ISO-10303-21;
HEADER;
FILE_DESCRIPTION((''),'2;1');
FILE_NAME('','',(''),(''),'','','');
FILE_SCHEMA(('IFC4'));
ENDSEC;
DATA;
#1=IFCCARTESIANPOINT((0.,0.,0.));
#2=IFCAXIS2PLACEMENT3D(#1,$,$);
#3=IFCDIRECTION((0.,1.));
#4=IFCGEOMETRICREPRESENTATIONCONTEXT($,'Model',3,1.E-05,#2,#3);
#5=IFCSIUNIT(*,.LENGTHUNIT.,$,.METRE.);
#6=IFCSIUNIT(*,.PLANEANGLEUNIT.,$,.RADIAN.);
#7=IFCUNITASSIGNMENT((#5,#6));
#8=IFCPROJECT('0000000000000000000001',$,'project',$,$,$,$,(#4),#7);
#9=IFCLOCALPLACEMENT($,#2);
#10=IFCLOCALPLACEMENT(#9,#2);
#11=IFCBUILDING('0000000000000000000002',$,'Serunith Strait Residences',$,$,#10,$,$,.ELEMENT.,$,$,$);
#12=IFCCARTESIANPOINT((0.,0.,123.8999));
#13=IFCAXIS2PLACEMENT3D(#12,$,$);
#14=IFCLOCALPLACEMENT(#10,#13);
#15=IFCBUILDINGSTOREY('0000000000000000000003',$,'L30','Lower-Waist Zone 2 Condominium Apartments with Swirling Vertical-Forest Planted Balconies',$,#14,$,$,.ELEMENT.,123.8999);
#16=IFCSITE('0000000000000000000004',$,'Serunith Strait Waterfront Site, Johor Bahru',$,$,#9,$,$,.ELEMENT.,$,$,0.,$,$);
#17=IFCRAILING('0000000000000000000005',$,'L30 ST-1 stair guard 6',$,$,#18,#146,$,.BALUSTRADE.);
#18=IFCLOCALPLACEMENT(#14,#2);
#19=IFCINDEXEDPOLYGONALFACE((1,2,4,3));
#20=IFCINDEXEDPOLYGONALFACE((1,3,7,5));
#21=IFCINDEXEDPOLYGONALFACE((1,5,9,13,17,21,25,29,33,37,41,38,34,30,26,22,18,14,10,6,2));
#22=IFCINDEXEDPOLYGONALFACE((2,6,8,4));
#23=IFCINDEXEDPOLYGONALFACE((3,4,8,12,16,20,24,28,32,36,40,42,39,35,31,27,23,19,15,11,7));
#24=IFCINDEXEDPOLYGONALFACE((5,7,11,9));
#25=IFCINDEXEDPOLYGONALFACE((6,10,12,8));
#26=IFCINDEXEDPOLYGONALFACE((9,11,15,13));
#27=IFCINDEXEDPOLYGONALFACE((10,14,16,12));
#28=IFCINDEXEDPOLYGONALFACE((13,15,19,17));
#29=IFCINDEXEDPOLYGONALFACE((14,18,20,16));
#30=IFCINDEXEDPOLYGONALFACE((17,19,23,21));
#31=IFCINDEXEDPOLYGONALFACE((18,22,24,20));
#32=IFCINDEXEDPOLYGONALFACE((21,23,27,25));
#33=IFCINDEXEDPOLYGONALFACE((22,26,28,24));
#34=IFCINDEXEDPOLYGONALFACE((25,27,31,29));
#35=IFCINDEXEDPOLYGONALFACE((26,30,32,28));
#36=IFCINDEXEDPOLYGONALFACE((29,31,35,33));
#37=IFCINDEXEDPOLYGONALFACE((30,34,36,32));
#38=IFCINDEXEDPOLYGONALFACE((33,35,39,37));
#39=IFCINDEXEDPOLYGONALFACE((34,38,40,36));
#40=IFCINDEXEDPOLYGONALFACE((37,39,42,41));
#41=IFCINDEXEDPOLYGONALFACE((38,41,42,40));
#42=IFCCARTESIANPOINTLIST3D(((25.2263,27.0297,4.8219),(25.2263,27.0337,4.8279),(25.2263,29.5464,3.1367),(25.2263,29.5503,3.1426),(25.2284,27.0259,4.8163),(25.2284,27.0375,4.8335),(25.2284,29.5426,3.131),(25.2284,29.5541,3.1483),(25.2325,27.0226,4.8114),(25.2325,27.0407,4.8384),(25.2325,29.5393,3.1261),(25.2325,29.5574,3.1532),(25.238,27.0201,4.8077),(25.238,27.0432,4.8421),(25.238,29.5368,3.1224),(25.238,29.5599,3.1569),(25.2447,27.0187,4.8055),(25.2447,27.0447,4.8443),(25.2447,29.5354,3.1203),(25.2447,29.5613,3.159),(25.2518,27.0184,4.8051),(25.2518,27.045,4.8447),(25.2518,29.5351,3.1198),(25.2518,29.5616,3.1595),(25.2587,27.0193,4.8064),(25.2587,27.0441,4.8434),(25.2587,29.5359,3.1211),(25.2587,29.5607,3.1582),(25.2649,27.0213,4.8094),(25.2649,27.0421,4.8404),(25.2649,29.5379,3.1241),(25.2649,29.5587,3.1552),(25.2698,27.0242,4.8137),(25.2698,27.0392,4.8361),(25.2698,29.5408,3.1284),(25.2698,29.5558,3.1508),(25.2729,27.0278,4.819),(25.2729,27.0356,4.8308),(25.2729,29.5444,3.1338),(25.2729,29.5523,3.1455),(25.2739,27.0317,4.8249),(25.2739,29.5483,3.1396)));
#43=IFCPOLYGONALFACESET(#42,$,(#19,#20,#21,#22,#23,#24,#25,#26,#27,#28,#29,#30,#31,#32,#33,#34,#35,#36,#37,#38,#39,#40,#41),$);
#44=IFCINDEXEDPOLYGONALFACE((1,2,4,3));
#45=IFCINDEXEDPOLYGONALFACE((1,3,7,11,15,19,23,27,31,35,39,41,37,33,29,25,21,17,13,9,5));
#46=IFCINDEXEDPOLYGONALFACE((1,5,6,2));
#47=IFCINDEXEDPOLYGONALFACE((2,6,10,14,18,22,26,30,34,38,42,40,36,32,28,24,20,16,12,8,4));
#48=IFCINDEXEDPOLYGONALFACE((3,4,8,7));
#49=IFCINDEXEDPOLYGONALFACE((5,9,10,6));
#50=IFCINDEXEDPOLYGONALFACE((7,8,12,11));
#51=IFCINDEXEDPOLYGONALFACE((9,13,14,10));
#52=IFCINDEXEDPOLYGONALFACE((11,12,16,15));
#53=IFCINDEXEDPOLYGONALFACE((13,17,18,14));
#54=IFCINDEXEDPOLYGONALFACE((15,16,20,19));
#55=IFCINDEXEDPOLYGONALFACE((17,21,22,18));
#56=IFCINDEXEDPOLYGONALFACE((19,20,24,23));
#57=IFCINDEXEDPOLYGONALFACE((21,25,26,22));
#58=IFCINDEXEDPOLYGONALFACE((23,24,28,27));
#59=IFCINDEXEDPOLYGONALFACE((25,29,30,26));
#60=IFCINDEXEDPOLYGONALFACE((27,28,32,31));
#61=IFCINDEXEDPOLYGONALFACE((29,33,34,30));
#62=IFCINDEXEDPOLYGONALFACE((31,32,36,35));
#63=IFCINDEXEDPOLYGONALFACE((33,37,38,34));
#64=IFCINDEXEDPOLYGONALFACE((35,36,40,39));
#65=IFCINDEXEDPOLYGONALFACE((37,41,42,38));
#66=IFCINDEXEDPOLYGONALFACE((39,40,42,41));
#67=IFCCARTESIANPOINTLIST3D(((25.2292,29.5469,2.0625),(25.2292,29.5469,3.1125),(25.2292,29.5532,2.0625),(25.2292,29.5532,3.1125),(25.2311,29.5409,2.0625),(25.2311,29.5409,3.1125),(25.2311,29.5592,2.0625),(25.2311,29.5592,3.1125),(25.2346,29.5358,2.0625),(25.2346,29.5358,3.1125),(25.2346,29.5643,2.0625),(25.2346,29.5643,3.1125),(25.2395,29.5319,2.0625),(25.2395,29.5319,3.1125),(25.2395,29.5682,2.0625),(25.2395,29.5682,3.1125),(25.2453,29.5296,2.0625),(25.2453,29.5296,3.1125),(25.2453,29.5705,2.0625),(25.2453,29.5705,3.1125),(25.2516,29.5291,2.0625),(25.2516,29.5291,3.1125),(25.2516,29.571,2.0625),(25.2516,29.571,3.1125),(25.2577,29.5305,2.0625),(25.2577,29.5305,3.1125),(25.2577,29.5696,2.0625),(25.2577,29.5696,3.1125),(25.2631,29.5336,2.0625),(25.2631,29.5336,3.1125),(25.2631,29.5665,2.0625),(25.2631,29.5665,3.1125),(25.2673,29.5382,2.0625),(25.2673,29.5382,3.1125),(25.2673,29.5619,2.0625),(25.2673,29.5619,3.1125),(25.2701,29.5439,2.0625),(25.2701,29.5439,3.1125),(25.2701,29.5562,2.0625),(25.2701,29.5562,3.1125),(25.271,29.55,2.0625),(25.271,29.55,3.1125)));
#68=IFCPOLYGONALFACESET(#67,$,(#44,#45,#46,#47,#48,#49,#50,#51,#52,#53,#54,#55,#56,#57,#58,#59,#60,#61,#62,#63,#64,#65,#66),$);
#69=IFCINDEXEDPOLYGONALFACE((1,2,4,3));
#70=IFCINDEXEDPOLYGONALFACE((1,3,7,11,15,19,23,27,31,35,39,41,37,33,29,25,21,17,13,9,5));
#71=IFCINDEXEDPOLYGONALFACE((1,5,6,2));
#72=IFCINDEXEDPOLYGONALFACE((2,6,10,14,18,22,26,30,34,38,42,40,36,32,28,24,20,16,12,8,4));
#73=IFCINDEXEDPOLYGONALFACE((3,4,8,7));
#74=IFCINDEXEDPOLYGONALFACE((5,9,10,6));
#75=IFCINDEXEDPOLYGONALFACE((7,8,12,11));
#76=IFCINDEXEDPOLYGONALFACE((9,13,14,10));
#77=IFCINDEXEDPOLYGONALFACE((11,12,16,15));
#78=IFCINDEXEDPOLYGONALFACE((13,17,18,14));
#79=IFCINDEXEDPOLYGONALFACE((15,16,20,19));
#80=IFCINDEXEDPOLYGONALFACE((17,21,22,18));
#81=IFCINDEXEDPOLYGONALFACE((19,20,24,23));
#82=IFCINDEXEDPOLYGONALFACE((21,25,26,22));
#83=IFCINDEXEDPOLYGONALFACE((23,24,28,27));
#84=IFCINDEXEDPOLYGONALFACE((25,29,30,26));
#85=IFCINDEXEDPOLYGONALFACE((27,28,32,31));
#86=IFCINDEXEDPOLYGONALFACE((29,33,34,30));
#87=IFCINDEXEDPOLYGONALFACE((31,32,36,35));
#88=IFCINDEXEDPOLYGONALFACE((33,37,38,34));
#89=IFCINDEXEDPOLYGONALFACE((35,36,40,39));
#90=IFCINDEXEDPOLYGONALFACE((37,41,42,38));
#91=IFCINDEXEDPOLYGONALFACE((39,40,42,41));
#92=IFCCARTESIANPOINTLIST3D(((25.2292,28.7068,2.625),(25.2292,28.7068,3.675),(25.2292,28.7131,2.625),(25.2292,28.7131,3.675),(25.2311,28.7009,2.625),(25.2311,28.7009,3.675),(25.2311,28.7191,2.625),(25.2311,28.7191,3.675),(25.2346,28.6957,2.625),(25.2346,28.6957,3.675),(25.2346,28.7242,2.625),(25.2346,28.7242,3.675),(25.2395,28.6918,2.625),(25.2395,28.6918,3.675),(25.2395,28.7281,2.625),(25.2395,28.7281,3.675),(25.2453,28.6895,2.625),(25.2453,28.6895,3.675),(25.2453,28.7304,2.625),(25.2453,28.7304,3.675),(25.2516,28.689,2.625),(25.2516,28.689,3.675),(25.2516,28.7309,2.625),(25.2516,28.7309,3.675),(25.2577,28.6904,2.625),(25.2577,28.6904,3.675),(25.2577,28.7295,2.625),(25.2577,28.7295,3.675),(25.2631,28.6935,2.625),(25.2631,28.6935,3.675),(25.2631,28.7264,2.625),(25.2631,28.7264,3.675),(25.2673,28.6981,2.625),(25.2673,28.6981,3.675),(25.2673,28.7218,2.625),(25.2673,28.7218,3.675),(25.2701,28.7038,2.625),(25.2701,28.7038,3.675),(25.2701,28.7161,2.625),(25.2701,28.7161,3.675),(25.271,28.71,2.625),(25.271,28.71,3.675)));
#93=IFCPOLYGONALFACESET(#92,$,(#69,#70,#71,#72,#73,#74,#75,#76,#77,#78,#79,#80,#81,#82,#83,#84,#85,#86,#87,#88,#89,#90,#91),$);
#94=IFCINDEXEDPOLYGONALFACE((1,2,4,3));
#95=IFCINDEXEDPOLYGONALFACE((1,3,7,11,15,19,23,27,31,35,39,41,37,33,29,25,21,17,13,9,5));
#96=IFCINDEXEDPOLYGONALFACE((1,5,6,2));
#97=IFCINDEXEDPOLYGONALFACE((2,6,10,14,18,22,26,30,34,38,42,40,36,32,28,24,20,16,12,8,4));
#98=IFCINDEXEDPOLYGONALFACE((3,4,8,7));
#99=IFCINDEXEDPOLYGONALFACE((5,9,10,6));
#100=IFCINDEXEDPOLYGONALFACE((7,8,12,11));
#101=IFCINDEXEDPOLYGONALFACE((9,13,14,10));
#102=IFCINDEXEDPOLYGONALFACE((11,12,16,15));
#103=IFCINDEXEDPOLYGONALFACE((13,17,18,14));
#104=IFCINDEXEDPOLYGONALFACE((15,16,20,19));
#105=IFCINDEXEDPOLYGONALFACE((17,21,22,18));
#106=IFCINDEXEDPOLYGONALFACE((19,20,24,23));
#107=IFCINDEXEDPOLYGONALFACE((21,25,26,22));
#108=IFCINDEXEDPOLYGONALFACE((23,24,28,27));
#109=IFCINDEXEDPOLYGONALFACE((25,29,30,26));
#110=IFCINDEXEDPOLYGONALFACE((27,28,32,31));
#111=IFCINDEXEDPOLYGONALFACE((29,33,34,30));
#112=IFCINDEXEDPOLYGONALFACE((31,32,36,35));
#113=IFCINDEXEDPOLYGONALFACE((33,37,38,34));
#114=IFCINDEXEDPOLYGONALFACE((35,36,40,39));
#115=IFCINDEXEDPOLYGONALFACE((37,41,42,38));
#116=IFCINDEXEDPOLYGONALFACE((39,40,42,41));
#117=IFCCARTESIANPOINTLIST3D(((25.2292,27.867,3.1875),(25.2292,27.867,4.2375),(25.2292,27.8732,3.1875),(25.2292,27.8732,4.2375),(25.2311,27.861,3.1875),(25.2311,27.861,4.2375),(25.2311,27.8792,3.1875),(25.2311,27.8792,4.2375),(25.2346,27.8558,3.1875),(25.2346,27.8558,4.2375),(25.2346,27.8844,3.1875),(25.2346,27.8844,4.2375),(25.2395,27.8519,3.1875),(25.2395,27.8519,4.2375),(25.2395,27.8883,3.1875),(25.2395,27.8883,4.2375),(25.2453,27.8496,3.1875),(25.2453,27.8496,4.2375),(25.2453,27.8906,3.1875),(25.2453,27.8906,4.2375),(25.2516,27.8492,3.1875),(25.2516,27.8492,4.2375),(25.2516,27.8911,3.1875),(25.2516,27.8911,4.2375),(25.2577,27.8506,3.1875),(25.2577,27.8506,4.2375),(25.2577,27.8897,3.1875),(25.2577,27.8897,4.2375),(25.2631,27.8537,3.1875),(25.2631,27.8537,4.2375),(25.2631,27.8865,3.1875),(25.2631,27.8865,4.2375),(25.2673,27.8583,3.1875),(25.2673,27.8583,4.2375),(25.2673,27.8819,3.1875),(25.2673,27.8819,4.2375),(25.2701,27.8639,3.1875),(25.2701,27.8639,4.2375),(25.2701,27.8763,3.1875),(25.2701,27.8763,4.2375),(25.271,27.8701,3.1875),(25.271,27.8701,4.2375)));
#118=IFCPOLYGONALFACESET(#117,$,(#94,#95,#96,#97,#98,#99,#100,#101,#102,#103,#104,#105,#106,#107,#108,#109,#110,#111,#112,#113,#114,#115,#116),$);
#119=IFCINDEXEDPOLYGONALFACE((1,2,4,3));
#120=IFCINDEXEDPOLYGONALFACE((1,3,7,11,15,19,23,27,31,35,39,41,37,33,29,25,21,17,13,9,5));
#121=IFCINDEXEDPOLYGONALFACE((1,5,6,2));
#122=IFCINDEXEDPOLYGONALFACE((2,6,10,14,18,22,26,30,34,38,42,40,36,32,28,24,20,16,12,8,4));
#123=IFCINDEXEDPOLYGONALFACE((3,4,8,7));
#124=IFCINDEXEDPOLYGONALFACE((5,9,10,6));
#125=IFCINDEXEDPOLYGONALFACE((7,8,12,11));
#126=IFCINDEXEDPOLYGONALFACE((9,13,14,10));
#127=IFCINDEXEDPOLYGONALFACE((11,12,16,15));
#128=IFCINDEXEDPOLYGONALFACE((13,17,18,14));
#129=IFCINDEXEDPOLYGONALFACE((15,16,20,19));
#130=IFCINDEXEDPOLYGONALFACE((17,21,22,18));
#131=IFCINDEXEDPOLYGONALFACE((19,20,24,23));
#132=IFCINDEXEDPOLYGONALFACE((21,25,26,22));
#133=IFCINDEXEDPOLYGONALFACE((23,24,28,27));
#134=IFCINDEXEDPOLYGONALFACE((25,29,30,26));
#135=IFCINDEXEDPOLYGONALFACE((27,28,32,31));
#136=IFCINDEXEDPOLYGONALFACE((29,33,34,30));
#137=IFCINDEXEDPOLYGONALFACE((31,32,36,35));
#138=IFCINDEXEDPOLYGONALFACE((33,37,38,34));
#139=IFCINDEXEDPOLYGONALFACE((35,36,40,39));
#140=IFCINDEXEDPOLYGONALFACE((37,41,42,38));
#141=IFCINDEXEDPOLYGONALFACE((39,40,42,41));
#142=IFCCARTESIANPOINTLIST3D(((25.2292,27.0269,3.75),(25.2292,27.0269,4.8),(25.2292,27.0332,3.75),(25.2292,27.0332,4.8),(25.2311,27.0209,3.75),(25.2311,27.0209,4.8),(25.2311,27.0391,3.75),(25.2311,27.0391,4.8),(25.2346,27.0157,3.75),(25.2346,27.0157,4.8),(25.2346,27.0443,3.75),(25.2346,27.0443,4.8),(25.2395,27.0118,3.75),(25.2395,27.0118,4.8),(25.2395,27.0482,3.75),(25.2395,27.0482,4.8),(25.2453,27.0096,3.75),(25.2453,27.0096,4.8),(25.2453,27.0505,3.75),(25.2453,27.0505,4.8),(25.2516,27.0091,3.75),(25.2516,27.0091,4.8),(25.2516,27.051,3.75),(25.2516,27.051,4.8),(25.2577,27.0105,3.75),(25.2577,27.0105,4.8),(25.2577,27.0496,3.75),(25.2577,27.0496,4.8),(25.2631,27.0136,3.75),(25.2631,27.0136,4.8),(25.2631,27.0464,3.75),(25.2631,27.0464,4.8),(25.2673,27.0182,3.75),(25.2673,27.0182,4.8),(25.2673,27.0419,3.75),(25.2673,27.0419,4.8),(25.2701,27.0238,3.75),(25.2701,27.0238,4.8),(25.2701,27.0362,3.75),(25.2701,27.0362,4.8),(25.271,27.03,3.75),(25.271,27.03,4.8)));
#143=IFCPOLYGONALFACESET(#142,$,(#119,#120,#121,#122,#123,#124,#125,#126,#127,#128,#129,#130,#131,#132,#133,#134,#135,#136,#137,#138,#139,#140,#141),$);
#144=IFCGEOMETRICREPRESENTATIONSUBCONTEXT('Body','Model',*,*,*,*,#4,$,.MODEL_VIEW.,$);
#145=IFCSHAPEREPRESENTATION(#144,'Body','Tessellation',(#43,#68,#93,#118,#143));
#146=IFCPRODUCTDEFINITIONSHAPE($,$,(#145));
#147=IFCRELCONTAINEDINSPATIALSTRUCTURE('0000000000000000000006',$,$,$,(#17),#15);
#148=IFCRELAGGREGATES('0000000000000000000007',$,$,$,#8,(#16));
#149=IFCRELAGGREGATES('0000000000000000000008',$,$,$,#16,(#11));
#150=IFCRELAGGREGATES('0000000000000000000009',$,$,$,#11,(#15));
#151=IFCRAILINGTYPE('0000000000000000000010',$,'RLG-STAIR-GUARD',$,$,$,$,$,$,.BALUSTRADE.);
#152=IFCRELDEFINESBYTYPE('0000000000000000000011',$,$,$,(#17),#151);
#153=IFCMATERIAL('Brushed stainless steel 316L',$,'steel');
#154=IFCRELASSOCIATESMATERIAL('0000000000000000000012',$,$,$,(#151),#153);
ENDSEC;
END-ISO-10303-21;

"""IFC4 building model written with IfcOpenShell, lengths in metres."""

from ifc_helpers import new_model, si_unit, direction, frame, origin, origin_2d, place, context, subcontext, project, spatial, circle, extrude, material, type_object, element, save


model = new_model("IFC4")

# Units and contexts
model_context = context("Model", 3, precision=1e-05, world=origin(), true_north=direction((0.0, 1.0)))
body_context = subcontext(model_context, "Body", "Model", "MODEL_VIEW")
ifc_project = project(units=[si_unit("LENGTHUNIT", "METRE"), si_unit("PLANEANGLEUNIT", "RADIAN")], contexts=[model_context])

# Site, building, storey
site_placement = place(None, origin())
site = spatial("IfcSite", under=ifc_project, at=site_placement, Name="Serunith Strait Waterfront Site, Johor Bahru", CompositionType="ELEMENT", RefElevation=0.0)
building_placement = place(site_placement, origin())
building = spatial("IfcBuilding", under=site, at=building_placement, Name="Serunith Strait Residences", CompositionType="ELEMENT")
storey_placement = place(building_placement, frame((0.0, 0.0, 123.8999)))
storey = spatial("IfcBuildingStorey", under=building, at=storey_placement, Name="L30", Description="Lower-Waist Zone 2 Condominium Apartments with Swirling Vertical-Forest Planted Balconies", CompositionType="ELEMENT", Elevation=123.8999)

# Railing
ifc_material_1 = material(Name="Brushed stainless steel 316L", Category="steel")
railing_type_1 = type_object("IfcRailingType", Name="RLG-STAIR-GUARD", PredefinedType="BALUSTRADE", material=ifc_material_1)
railing_1_placement = place(storey_placement, frame((25.25, 29.55, 2.0625)))
element("IfcRailing", 1, at=railing_1_placement, inside=storey, type_object=railing_type_1, Name="L30 ST-1 stair guard 6", PredefinedType="BALUSTRADE", context=body_context, shape_type="SweptSolid", body=[
    extrude(circle(Radius=0.0239, at=origin_2d()), frame((0.0, -0.0017, 1.0771), z_axis=(0.0, -0.830909, 0.556408), x_axis=(1.0, 0.0, 0.0)), (0.0, 0.0, 1.0), 3.0288),
    extrude(circle(Radius=0.021, at=origin_2d()), origin(), (0.0, 0.0, 1.0), 1.05),
    extrude(circle(Radius=0.021, at=origin_2d()), frame((0.0, -0.8401, 0.5625)), (0.0, 0.0, 1.0), 1.05),
    extrude(circle(Radius=0.021, at=origin_2d()), frame((0.0, -1.6799, 1.125)), (0.0, 0.0, 1.0), 1.05),
    extrude(circle(Radius=0.021, at=origin_2d()), frame((0.0, -2.52, 1.6875)), (0.0, 0.0, 1.0), 1.05),
])

save(model, "model.ifc")
